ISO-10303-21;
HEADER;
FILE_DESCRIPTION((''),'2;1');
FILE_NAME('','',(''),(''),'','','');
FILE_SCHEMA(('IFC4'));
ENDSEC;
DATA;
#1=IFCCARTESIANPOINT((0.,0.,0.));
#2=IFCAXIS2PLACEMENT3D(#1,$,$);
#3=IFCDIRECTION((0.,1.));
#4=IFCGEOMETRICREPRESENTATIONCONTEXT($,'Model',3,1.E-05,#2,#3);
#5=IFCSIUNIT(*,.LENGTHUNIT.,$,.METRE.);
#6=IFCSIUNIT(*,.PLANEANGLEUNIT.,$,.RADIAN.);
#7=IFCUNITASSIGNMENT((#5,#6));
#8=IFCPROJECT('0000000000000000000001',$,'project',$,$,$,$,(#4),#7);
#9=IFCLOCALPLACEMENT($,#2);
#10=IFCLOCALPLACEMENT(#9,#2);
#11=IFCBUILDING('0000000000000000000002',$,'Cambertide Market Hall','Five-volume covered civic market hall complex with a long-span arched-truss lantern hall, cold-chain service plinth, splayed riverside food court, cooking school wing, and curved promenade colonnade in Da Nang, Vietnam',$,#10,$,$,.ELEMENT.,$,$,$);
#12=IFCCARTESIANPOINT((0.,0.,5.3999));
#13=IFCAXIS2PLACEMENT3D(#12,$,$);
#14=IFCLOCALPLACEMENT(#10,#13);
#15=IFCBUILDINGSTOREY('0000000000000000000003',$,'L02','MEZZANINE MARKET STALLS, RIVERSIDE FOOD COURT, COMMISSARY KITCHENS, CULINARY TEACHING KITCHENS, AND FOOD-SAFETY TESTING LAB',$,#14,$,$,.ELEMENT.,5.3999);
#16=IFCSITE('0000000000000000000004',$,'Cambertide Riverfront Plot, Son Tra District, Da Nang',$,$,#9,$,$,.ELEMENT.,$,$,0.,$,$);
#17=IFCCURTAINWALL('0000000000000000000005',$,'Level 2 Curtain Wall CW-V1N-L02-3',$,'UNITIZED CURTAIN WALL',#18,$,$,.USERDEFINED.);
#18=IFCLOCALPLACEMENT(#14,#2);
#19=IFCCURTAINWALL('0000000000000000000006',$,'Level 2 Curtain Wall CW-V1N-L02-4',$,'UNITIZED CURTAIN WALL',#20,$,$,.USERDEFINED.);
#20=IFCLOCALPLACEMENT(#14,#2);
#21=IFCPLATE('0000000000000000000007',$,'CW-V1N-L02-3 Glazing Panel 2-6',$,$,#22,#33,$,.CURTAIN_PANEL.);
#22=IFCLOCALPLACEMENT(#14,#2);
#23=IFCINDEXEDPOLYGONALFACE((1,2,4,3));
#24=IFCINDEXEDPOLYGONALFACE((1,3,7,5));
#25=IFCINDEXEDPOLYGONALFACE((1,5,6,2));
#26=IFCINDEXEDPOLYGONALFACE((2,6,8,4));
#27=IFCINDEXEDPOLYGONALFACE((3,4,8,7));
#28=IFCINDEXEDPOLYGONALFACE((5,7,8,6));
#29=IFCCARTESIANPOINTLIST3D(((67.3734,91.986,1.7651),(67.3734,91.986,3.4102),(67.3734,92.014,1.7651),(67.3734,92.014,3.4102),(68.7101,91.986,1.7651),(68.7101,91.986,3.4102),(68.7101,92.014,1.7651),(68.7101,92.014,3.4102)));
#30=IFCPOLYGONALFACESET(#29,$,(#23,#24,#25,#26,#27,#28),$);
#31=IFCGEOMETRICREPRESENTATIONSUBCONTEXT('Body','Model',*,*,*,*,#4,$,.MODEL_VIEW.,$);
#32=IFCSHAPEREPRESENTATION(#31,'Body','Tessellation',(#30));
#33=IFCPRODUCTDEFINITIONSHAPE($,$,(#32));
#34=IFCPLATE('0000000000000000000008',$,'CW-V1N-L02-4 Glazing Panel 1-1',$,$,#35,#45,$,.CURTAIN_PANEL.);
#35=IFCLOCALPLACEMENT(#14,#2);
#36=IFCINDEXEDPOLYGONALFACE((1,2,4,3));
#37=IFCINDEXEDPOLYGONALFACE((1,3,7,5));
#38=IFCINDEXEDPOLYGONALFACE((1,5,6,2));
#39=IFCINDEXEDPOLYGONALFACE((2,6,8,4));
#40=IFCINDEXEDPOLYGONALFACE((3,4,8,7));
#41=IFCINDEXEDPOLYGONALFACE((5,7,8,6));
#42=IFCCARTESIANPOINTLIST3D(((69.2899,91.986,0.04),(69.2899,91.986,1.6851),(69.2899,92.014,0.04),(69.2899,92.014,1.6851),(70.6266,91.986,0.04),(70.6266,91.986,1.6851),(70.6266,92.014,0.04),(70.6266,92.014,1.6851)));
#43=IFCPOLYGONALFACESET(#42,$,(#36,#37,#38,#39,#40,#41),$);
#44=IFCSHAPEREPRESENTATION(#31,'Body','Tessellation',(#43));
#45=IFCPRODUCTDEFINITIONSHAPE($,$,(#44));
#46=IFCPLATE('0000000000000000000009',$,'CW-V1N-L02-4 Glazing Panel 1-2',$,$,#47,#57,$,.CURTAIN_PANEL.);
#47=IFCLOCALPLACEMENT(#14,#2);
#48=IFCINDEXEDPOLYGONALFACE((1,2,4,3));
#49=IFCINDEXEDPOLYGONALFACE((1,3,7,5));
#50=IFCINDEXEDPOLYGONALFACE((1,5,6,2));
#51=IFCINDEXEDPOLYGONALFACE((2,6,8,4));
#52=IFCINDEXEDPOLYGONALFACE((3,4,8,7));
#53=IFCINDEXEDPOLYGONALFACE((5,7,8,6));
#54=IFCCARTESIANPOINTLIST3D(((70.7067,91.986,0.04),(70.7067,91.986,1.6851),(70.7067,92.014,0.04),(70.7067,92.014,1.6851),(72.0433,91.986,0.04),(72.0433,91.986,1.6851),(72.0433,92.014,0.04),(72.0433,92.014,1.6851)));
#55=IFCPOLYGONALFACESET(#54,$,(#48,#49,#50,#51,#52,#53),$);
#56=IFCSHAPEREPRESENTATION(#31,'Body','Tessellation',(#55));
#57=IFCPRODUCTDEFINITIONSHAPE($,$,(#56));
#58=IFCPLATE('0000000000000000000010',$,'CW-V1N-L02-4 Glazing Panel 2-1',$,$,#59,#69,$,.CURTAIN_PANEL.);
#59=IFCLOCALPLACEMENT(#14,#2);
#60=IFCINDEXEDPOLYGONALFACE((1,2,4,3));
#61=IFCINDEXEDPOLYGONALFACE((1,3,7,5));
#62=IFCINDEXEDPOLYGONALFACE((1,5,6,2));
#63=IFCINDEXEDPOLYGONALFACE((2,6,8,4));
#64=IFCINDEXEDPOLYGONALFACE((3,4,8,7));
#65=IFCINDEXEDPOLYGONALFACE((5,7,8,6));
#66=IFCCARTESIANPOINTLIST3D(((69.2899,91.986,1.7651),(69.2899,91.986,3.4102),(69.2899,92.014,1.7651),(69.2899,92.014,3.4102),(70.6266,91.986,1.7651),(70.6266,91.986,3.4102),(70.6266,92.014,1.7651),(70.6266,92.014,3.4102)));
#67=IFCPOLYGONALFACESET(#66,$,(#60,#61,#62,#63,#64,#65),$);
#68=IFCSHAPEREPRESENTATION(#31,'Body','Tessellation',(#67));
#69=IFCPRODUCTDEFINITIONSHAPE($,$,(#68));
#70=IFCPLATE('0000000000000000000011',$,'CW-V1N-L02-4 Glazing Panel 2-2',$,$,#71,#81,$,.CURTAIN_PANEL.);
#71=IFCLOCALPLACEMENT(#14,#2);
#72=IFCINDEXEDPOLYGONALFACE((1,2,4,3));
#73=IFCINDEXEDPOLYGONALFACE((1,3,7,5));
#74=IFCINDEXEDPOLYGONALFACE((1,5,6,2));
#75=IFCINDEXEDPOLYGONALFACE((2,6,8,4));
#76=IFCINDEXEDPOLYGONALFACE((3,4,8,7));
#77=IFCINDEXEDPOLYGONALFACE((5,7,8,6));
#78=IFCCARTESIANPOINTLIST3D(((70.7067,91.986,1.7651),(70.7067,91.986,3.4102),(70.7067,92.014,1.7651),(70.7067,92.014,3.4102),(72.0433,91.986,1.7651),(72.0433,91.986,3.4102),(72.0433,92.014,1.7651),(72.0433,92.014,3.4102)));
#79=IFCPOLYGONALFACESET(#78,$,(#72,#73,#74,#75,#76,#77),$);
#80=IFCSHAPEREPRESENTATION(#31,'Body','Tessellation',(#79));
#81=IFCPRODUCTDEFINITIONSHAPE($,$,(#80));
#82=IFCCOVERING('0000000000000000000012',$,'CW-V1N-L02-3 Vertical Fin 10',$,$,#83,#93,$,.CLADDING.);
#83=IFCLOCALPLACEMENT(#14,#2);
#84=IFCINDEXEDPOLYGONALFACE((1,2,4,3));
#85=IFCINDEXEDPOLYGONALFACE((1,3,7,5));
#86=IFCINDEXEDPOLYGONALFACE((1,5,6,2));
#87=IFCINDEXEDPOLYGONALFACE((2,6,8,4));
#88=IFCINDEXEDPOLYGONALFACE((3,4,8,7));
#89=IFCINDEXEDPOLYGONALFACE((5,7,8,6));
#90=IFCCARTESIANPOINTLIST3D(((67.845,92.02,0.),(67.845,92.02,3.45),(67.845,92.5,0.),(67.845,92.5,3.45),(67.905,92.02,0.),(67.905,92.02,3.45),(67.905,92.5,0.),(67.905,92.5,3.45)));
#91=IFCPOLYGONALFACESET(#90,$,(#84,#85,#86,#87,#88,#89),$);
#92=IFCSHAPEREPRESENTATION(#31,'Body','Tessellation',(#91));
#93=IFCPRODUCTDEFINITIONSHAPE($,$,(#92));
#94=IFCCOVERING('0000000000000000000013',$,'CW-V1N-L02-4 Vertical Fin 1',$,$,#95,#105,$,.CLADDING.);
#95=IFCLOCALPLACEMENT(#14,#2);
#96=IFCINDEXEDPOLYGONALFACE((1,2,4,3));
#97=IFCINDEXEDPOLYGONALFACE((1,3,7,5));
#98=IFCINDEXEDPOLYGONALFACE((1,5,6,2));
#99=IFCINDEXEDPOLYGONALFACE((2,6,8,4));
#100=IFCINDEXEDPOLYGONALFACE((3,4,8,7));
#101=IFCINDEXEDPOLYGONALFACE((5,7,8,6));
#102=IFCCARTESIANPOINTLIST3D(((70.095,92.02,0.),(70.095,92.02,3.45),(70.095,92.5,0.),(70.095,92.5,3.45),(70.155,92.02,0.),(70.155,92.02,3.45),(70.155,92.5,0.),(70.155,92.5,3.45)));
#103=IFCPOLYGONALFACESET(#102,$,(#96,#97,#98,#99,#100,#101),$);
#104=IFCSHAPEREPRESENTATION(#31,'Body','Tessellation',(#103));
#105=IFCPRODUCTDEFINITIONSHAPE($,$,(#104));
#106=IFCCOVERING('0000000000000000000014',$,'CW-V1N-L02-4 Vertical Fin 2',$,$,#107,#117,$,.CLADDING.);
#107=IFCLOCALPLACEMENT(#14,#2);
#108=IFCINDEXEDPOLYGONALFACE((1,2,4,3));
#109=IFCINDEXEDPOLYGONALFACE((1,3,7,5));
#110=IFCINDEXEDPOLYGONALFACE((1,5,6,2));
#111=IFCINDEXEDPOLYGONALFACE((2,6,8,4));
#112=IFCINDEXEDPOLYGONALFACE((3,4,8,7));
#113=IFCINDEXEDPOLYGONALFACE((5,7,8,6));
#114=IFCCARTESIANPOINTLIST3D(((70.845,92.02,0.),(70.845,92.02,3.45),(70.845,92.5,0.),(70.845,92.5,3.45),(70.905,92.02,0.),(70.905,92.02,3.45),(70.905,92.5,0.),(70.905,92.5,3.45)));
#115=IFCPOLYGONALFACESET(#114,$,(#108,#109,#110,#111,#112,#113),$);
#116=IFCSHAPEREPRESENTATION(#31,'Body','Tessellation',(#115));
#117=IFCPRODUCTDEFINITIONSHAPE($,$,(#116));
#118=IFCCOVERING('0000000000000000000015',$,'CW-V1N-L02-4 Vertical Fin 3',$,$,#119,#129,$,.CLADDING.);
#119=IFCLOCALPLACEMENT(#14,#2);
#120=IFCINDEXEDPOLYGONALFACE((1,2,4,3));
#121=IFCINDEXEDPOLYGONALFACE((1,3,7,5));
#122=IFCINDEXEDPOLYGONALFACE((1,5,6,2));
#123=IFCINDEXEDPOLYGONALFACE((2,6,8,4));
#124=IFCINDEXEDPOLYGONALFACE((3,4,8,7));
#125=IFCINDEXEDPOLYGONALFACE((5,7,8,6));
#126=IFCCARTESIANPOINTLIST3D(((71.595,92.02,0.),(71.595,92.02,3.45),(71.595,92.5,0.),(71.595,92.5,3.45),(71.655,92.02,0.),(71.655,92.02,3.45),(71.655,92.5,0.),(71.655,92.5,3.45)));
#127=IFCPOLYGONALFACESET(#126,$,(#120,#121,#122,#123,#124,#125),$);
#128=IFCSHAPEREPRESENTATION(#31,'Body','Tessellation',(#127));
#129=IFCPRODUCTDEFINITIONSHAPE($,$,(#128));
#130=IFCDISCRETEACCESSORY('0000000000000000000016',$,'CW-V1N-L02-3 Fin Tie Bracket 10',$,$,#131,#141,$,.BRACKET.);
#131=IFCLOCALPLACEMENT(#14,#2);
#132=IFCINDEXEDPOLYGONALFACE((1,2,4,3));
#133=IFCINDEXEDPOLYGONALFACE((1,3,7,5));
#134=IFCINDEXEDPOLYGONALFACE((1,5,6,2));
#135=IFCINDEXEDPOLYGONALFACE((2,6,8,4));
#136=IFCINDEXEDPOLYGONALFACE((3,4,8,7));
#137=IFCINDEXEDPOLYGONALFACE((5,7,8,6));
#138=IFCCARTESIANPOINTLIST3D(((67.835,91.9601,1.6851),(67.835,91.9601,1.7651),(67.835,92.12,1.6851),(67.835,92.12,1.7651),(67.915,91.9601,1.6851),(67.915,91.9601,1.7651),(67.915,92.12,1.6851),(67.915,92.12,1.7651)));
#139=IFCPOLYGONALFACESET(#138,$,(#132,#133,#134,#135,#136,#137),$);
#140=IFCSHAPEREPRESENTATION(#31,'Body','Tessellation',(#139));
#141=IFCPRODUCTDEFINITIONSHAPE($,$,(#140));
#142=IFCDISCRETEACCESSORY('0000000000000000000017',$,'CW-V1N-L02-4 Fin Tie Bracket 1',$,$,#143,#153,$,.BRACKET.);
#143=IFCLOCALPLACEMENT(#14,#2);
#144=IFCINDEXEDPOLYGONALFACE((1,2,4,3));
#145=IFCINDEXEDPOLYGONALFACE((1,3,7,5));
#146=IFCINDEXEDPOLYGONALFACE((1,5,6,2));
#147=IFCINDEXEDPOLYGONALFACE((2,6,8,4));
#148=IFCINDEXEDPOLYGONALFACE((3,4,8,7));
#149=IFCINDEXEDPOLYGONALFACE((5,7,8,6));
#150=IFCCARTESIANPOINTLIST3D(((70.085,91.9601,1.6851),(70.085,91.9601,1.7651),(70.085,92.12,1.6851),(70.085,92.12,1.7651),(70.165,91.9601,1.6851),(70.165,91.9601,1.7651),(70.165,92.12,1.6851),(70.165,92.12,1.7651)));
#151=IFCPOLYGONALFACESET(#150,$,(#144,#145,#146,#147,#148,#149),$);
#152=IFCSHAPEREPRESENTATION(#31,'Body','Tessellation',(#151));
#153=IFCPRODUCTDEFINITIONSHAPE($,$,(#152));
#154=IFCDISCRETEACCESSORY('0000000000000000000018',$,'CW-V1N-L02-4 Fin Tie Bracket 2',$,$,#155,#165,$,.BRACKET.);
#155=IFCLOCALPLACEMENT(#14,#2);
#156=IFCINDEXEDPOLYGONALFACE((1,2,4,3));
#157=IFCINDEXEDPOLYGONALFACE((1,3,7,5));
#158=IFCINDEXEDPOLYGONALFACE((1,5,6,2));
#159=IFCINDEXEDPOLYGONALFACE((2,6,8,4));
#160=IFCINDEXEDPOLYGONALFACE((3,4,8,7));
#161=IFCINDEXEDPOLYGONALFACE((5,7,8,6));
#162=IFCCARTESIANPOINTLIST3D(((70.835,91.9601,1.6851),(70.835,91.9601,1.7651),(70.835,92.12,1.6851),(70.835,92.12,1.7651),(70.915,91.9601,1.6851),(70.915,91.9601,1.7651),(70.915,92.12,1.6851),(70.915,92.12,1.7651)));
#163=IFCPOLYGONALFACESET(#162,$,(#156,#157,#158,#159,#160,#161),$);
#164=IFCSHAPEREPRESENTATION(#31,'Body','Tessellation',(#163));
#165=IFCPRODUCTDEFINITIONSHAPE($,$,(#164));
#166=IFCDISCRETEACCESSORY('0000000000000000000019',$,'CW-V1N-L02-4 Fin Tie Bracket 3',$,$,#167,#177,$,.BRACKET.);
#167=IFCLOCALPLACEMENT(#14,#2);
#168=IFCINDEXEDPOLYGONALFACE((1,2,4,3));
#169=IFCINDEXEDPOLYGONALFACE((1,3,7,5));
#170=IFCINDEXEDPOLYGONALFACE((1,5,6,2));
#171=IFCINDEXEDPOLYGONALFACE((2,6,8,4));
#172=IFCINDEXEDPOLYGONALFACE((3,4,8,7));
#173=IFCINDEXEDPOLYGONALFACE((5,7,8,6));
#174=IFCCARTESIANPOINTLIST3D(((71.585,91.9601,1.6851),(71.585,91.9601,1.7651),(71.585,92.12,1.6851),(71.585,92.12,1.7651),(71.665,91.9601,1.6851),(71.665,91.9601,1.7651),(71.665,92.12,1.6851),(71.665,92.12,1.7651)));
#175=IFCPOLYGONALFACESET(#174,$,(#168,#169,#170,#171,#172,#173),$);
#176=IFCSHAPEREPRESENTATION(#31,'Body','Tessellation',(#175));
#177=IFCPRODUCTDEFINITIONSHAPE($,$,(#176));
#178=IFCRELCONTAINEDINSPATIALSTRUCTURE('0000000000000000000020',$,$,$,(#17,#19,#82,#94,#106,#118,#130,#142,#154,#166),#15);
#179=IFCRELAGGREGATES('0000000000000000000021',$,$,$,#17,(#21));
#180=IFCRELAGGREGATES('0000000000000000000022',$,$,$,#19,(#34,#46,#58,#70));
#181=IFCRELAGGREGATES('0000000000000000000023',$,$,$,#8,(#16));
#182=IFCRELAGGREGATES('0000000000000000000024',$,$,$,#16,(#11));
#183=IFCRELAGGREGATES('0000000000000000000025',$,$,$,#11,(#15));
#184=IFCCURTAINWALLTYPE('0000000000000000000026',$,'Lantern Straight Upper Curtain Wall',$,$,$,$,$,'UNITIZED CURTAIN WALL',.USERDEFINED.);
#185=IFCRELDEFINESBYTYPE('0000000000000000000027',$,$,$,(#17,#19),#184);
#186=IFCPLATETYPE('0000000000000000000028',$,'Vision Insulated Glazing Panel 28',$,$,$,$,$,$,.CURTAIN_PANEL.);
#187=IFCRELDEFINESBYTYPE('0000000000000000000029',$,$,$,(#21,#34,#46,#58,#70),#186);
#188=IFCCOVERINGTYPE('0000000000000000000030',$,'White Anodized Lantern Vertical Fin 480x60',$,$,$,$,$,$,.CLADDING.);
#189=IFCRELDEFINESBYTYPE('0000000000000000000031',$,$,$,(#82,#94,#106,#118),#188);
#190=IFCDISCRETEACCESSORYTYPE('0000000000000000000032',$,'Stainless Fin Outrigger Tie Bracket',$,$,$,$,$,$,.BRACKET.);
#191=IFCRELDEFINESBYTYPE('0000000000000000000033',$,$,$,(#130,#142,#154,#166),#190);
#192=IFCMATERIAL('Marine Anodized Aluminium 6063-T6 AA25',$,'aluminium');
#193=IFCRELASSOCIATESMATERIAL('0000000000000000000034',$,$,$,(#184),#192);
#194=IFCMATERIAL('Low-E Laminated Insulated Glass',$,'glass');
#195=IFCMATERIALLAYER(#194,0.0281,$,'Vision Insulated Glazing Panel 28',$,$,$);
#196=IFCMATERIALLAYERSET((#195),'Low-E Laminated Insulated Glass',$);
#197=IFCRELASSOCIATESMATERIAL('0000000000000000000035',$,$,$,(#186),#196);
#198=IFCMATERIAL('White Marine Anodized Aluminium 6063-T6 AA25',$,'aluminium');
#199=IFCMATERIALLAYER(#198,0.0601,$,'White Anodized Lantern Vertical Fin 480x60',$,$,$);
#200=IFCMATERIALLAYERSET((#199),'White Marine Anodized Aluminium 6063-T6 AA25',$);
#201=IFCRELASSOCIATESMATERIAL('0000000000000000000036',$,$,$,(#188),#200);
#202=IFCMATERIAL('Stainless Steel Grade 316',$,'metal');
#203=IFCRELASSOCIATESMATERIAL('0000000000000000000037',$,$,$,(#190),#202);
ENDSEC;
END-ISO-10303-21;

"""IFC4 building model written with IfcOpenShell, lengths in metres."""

from ifc_helpers import new_model, si_unit, direction, frame, origin, origin_2d, place, context, subcontext, project, spatial, rectangle, extrude, material, layer, layer_set, type_object, element, aggregate, save


model = new_model("IFC4")

# Units and contexts
model_context = context("Model", 3, precision=1e-05, world=origin(), true_north=direction((0.0, 1.0)))
body_context = subcontext(model_context, "Body", "Model", "MODEL_VIEW")
ifc_project = project(units=[si_unit("LENGTHUNIT", "METRE"), si_unit("PLANEANGLEUNIT", "RADIAN")], contexts=[model_context])

# Site, building, storey
site_placement = place(None, origin())
site = spatial("IfcSite", under=ifc_project, at=site_placement, Name="Cambertide Riverfront Plot, Son Tra District, Da Nang", CompositionType="ELEMENT", RefElevation=0.0)
building_placement = place(site_placement, origin())
building = spatial("IfcBuilding", under=site, at=building_placement, Name="Cambertide Market Hall", Description="Five-volume covered civic market hall complex with a long-span arched-truss lantern hall, cold-chain service plinth, splayed riverside food court, cooking school wing, and curved promenade colonnade in Da Nang, Vietnam", CompositionType="ELEMENT")
storey_placement = place(building_placement, frame((0.0, 0.0, 5.3999)))
storey = spatial("IfcBuildingStorey", under=building, at=storey_placement, Name="L02", Description="MEZZANINE MARKET STALLS, RIVERSIDE FOOD COURT, COMMISSARY KITCHENS, CULINARY TEACHING KITCHENS, AND FOOD-SAFETY TESTING LAB", CompositionType="ELEMENT", Elevation=5.3999)

# Curtain wall
ifc_material_1 = material(Name="Marine Anodized Aluminium 6063-T6 AA25", Category="aluminium")
curtain_wall_type = type_object("IfcCurtainWallType", Name="Lantern Straight Upper Curtain Wall", ElementType="UNITIZED CURTAIN WALL", PredefinedType="USERDEFINED", material=ifc_material_1)
curtain_wall_1_placement = place(storey_placement, origin())
curtain_wall_1 = element("IfcCurtainWall", 1, at=curtain_wall_1_placement, inside=storey, type_object=curtain_wall_type, Name="Level 2 Curtain Wall CW-V1N-L02-3", ObjectType="UNITIZED CURTAIN WALL", PredefinedType="USERDEFINED")

# Curtain wall
curtain_wall_2_placement = place(storey_placement, origin())
curtain_wall_2 = element("IfcCurtainWall", 2, at=curtain_wall_2_placement, inside=storey, type_object=curtain_wall_type, Name="Level 2 Curtain Wall CW-V1N-L02-4", ObjectType="UNITIZED CURTAIN WALL", PredefinedType="USERDEFINED")

# Plates
ifc_material_2 = material(Name="Low-E Laminated Insulated Glass", Category="glass")
ifc_layer_1 = layer(ifc_material_2, 0.0281, Name="Vision Insulated Glazing Panel 28")
ifc_layer_set_1 = layer_set([ifc_layer_1], Name="Low-E Laminated Insulated Glass")
plate_type = type_object("IfcPlateType", Name="Vision Insulated Glazing Panel 28", PredefinedType="CURTAIN_PANEL", material=ifc_layer_set_1)
plate_1_placement = place(storey_placement, frame((68.0417, 92.0, 1.7651), z_axis=(0.0, 0.0, 1.0), x_axis=(1.0, 0.0, 0.0)))
plate_1 = element("IfcPlate", 3, at=plate_1_placement, type_object=plate_type, Name="CW-V1N-L02-3 Glazing Panel 2-6", PredefinedType="CURTAIN_PANEL", context=body_context, shape_type="SweptSolid", body=[
    extrude(rectangle(XDim=1.3367, YDim=0.0281, at=origin_2d()), origin(), (0.0, 0.0, 1.0), 1.645),
])
aggregate(curtain_wall_1, [plate_1])
plate_2_placement = place(storey_placement, frame((69.9583, 92.0, 0.04), z_axis=(0.0, 0.0, 1.0), x_axis=(1.0, 0.0, 0.0)))
plate_2 = element("IfcPlate", 4, at=plate_2_placement, type_object=plate_type, Name="CW-V1N-L02-4 Glazing Panel 1-1", PredefinedType="CURTAIN_PANEL", context=body_context, shape_type="SweptSolid", body=[
    extrude(rectangle(XDim=1.3367, YDim=0.0281, at=origin_2d()), origin(), (0.0, 0.0, 1.0), 1.645),
])
plate_3_placement = place(storey_placement, frame((71.375, 92.0, 0.04), z_axis=(0.0, 0.0, 1.0), x_axis=(1.0, 0.0, 0.0)))
plate_3 = element("IfcPlate", 5, at=plate_3_placement, type_object=plate_type, Name="CW-V1N-L02-4 Glazing Panel 1-2", PredefinedType="CURTAIN_PANEL", context=body_context, shape_type="SweptSolid", body=[
    extrude(rectangle(XDim=1.3367, YDim=0.0281, at=origin_2d()), origin(), (0.0, 0.0, 1.0), 1.645),
])
plate_4_placement = place(storey_placement, frame((69.9583, 92.0, 1.7651), z_axis=(0.0, 0.0, 1.0), x_axis=(1.0, 0.0, 0.0)))
plate_4 = element("IfcPlate", 6, at=plate_4_placement, type_object=plate_type, Name="CW-V1N-L02-4 Glazing Panel 2-1", PredefinedType="CURTAIN_PANEL", context=body_context, shape_type="SweptSolid", body=[
    extrude(rectangle(XDim=1.3367, YDim=0.0281, at=origin_2d()), origin(), (0.0, 0.0, 1.0), 1.645),
])
plate_5_placement = place(storey_placement, frame((71.375, 92.0, 1.7651), z_axis=(0.0, 0.0, 1.0), x_axis=(1.0, 0.0, 0.0)))
plate_5 = element("IfcPlate", 7, at=plate_5_placement, type_object=plate_type, Name="CW-V1N-L02-4 Glazing Panel 2-2", PredefinedType="CURTAIN_PANEL", context=body_context, shape_type="SweptSolid", body=[
    extrude(rectangle(XDim=1.3367, YDim=0.0281, at=origin_2d()), origin(), (0.0, 0.0, 1.0), 1.645),
])
aggregate(curtain_wall_2, [plate_2, plate_3, plate_4, plate_5])

# Coverings
ifc_material_3 = material(Name="White Marine Anodized Aluminium 6063-T6 AA25", Category="aluminium")
ifc_layer_2 = layer(ifc_material_3, 0.0601, Name="White Anodized Lantern Vertical Fin 480x60")
ifc_layer_set_2 = layer_set([ifc_layer_2], Name="White Marine Anodized Aluminium 6063-T6 AA25")
covering_type = type_object("IfcCoveringType", Name="White Anodized Lantern Vertical Fin 480x60", PredefinedType="CLADDING", material=ifc_layer_set_2)
for number, where, z_axis, x_axis, name in (
    (8, (67.875, 92.26, 0.0), (0.0, 0.0, 1.0), (1.0, 0.0, 0.0), "CW-V1N-L02-3 Vertical Fin 10"),
    (9, (70.125, 92.26, 0.0), (0.0, 0.0, 1.0), (1.0, 0.0, 0.0), "CW-V1N-L02-4 Vertical Fin 1"),
    (10, (70.875, 92.26, 0.0), (0.0, 0.0, 1.0), (1.0, 0.0, 0.0), "CW-V1N-L02-4 Vertical Fin 2"),
    (11, (71.625, 92.26, 0.0), (0.0, 0.0, 1.0), (1.0, 0.0, 0.0), "CW-V1N-L02-4 Vertical Fin 3"),
):
    element("IfcCovering", number, at=place(storey_placement, frame(where, z_axis=z_axis, x_axis=x_axis)), inside=storey, type_object=covering_type, Name=name, PredefinedType="CLADDING", context=body_context, shape_type="SweptSolid", body=[
        extrude(rectangle(XDim=0.0601, YDim=0.48, at=origin_2d()), origin(), (0.0, 0.0, 1.0), 3.45),
    ])

# Discrete accessories
ifc_material_4 = material(Name="Stainless Steel Grade 316", Category="metal")
discrete_accessory_type = type_object("IfcDiscreteAccessoryType", Name="Stainless Fin Outrigger Tie Bracket", PredefinedType="BRACKET", material=ifc_material_4)
for number, where, z_axis, x_axis, name in (
    (12, (67.875, 92.04, 1.6851), (0.0, 0.0, 1.0), (1.0, 0.0, 0.0), "CW-V1N-L02-3 Fin Tie Bracket 10"),
    (13, (70.125, 92.04, 1.6851), (0.0, 0.0, 1.0), (1.0, 0.0, 0.0), "CW-V1N-L02-4 Fin Tie Bracket 1"),
    (14, (70.875, 92.04, 1.6851), (0.0, 0.0, 1.0), (1.0, 0.0, 0.0), "CW-V1N-L02-4 Fin Tie Bracket 2"),
    (15, (71.625, 92.04, 1.6851), (0.0, 0.0, 1.0), (1.0, 0.0, 0.0), "CW-V1N-L02-4 Fin Tie Bracket 3"),
):
    element("IfcDiscreteAccessory", number, at=place(storey_placement, frame(where, z_axis=z_axis, x_axis=x_axis)), inside=storey, type_object=discrete_accessory_type, Name=name, PredefinedType="BRACKET", context=body_context, shape_type="SweptSolid", body=[
        extrude(rectangle(XDim=0.0801, YDim=0.1599, at=origin_2d()), origin(), (0.0, 0.0, 1.0), 0.0801),
    ])

save(model, "model.ifc")
